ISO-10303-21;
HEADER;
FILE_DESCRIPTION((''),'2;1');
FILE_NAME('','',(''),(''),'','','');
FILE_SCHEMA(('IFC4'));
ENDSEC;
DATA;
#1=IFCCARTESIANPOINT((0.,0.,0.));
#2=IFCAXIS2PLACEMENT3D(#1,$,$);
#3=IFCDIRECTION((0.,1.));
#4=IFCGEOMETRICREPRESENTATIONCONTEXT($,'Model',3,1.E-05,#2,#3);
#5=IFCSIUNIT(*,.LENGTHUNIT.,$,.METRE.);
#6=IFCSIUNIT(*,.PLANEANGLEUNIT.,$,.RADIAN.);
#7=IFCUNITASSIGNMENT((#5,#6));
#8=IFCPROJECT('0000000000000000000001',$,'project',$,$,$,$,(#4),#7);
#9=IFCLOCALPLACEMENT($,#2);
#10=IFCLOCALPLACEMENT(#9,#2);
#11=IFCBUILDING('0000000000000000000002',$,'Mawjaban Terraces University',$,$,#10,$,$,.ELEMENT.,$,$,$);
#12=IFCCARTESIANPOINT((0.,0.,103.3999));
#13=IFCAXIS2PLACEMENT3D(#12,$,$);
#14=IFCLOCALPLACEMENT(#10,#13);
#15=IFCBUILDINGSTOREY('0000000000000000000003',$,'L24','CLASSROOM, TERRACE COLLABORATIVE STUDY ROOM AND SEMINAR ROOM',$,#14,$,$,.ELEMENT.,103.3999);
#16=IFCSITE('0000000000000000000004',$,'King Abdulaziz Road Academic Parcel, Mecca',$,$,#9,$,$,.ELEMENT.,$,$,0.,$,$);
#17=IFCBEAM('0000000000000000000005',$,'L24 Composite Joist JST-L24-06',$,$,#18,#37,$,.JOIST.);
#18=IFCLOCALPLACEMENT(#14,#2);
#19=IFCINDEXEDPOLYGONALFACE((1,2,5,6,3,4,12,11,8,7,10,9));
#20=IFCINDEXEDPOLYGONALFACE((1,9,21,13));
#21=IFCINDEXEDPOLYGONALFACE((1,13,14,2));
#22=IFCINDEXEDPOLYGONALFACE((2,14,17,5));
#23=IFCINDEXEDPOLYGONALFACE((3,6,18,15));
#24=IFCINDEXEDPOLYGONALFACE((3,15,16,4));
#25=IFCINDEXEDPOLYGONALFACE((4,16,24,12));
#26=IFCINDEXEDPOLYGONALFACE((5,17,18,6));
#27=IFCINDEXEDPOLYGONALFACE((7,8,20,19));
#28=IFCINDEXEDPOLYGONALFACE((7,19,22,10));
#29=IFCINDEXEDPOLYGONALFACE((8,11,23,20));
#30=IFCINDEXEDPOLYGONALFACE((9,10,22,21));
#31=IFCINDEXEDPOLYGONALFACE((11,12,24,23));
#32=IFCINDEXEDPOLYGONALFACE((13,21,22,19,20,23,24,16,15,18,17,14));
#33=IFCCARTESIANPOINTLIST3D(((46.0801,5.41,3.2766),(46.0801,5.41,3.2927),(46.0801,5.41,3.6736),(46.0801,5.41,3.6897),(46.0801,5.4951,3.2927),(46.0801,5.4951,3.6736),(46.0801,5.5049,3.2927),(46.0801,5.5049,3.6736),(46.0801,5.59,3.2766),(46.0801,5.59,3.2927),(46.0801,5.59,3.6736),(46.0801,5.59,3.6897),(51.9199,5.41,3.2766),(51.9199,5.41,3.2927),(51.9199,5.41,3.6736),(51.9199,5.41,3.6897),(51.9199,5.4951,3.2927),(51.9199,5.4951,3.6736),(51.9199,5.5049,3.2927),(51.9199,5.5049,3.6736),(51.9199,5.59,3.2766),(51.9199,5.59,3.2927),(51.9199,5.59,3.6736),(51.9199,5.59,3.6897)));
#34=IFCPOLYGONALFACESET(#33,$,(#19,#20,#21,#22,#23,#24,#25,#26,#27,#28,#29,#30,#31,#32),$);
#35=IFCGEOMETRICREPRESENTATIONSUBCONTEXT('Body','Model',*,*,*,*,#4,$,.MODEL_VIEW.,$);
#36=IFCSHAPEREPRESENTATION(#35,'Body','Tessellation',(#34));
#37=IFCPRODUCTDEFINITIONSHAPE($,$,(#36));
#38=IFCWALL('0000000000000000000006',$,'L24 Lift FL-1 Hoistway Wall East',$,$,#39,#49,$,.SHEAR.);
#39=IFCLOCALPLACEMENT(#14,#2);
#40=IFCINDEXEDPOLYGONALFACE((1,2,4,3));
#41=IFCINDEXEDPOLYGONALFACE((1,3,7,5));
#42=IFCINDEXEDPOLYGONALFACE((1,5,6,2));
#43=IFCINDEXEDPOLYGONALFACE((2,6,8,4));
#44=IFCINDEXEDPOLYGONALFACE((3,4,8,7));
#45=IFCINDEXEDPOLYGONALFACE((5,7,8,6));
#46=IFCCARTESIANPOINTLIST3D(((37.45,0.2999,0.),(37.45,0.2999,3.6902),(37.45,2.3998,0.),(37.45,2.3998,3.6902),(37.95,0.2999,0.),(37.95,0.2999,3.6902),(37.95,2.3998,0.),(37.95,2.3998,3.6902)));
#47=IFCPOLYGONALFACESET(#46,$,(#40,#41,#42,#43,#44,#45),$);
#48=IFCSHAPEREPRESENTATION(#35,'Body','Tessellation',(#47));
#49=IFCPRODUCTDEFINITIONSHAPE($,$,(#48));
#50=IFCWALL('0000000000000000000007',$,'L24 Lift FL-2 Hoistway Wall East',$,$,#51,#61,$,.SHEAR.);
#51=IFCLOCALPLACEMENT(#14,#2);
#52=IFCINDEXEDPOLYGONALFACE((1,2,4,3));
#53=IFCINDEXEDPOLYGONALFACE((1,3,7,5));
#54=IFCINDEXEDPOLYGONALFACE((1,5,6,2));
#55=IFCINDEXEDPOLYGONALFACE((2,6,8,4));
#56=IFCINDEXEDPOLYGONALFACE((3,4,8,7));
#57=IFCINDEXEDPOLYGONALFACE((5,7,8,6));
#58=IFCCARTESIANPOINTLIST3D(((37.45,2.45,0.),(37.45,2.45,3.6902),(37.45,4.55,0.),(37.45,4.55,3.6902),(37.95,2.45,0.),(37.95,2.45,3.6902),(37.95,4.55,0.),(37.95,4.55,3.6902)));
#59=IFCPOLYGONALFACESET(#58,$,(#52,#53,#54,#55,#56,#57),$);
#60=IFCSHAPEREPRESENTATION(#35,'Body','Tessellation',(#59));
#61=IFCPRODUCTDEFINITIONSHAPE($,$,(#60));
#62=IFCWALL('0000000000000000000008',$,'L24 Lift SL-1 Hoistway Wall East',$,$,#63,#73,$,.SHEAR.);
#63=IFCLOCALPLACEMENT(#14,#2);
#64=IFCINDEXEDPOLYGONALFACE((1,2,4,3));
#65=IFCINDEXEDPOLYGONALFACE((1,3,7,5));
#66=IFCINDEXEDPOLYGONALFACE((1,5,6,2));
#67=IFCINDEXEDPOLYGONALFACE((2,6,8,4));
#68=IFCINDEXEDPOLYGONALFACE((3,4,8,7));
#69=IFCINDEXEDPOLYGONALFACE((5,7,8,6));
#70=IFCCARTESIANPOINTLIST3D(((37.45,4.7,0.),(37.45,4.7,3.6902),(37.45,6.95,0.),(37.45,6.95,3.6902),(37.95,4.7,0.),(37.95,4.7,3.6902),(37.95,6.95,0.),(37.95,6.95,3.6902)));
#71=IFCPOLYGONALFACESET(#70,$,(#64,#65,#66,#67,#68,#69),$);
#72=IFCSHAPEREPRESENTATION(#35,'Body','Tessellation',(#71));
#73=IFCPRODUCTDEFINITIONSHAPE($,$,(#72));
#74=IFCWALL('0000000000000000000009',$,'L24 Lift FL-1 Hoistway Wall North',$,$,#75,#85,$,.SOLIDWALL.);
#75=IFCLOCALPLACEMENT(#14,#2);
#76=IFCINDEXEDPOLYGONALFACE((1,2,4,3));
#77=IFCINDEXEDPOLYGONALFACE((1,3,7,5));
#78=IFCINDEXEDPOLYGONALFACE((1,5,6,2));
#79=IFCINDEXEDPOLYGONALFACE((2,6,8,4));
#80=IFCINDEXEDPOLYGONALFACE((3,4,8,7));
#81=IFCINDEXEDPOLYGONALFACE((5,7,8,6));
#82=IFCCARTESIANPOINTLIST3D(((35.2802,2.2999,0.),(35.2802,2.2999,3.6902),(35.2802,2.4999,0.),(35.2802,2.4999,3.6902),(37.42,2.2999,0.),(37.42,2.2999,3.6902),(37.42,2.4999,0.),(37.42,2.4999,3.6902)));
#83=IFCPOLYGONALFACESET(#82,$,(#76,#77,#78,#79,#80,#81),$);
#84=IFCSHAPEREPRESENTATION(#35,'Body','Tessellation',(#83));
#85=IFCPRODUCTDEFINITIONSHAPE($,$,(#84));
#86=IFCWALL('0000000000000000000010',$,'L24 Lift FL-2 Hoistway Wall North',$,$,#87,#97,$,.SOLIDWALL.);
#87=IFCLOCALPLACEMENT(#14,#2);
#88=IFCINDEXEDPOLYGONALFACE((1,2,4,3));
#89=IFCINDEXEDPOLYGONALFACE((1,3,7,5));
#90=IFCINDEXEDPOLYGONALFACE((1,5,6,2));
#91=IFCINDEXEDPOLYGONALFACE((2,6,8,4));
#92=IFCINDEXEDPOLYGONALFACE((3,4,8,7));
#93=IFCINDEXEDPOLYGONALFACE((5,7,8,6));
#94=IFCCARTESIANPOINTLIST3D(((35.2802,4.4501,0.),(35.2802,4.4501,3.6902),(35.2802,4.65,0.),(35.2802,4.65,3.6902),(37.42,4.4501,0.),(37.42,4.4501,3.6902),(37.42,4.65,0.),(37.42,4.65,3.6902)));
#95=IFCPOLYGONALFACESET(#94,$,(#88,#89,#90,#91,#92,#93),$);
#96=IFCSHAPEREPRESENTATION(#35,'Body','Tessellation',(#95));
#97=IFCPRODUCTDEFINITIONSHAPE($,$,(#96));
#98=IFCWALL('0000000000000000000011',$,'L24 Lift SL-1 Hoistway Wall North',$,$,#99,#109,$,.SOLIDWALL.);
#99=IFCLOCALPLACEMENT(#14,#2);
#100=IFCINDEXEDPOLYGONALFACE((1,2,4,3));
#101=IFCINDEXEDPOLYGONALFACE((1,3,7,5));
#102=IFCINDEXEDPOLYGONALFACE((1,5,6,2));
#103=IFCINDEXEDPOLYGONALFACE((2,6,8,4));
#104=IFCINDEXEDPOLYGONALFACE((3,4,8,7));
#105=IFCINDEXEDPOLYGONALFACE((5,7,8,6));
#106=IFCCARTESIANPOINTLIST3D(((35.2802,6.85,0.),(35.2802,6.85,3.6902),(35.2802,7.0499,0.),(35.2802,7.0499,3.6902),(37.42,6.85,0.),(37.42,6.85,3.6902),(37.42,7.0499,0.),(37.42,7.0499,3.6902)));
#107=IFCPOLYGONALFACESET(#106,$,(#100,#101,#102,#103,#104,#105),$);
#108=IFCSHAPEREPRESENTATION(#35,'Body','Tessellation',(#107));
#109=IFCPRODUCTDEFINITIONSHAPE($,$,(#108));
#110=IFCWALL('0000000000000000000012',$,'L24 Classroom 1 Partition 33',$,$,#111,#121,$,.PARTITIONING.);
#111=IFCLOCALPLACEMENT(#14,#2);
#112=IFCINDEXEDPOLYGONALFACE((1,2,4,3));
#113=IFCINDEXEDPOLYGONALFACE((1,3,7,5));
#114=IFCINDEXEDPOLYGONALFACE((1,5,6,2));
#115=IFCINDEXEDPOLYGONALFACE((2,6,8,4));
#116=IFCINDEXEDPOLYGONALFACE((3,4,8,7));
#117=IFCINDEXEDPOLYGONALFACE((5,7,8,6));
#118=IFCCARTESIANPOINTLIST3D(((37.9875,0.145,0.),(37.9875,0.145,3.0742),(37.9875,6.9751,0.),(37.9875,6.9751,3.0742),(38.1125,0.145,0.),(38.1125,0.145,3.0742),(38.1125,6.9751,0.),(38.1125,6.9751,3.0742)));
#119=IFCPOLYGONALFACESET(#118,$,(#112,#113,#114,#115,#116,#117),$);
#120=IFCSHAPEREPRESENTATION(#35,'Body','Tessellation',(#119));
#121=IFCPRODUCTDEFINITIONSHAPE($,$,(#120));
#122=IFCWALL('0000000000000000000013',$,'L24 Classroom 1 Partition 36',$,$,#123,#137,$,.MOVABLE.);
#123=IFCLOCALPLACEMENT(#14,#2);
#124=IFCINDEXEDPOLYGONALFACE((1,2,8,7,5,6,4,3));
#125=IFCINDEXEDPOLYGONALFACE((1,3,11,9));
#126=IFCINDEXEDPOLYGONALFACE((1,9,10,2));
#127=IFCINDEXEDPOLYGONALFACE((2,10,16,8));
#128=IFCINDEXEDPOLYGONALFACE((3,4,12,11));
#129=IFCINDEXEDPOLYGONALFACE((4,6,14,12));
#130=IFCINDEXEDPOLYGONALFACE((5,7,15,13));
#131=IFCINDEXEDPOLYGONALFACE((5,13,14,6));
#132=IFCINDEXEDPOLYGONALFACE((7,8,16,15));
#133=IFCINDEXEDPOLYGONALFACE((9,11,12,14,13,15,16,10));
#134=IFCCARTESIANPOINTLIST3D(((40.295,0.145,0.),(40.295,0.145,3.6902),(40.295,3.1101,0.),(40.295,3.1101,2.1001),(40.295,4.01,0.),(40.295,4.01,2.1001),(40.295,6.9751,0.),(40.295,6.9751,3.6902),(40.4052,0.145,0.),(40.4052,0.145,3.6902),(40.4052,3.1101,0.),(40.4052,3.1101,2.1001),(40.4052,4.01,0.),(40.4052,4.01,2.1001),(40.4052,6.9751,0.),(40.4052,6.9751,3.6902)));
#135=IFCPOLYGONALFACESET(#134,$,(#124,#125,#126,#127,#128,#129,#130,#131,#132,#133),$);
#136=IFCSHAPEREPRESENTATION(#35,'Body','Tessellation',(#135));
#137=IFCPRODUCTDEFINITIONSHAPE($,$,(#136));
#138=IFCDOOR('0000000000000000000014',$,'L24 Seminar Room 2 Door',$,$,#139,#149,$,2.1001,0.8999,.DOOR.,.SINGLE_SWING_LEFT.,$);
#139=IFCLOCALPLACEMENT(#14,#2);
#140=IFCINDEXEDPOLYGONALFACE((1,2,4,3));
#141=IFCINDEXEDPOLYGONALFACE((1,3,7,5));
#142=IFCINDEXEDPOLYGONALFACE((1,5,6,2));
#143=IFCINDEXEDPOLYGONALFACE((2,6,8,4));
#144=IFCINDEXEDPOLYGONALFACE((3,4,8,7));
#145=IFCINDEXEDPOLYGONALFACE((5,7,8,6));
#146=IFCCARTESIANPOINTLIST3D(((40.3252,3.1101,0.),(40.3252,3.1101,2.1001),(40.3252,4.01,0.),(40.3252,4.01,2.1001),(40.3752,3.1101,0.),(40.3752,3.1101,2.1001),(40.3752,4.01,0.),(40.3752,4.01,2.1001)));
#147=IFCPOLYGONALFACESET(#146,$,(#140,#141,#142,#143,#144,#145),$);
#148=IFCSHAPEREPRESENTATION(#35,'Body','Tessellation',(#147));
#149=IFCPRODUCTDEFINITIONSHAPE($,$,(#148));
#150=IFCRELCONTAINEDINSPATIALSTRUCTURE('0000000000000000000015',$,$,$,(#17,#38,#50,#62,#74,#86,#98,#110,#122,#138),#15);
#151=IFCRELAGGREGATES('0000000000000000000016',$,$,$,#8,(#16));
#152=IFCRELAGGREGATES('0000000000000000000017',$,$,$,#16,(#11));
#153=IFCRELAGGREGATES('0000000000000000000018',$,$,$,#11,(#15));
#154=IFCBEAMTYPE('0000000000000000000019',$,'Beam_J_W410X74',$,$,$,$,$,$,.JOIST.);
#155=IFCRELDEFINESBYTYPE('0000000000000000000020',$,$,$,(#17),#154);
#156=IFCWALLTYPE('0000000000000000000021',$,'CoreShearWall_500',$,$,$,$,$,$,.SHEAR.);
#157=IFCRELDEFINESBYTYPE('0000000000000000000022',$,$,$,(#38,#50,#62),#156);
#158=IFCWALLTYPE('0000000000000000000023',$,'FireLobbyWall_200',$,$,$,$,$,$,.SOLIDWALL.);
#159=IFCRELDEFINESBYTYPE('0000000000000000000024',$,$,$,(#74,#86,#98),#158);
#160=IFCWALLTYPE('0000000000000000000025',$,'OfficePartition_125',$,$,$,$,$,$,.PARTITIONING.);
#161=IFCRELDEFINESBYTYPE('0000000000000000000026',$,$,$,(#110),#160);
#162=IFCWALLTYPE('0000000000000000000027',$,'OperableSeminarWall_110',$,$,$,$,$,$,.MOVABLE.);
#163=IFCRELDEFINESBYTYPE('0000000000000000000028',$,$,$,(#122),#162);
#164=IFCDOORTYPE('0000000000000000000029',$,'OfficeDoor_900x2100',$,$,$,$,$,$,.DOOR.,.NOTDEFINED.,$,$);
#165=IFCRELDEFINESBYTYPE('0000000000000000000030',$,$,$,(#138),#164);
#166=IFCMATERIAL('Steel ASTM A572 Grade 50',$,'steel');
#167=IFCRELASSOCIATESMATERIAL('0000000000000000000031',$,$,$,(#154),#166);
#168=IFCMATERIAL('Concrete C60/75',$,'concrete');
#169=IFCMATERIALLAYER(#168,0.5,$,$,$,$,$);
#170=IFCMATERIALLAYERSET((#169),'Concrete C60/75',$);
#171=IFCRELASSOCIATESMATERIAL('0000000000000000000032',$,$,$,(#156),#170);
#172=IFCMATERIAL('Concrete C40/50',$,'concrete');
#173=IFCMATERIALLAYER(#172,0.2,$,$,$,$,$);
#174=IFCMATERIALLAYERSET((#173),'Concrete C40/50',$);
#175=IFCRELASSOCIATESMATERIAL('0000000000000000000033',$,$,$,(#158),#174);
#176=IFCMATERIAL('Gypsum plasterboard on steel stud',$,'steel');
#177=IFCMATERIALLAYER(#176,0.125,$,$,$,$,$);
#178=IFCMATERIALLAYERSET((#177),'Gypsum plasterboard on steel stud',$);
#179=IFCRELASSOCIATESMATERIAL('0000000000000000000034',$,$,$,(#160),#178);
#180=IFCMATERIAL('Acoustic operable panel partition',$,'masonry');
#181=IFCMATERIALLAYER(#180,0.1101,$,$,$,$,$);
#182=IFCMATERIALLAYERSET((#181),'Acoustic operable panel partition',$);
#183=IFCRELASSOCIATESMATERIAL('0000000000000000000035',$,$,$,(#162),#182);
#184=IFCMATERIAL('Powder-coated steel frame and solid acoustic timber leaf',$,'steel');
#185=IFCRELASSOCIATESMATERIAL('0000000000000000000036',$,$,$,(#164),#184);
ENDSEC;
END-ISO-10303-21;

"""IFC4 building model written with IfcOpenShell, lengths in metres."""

from ifc_helpers import new_model, si_unit, direction, frame, frame_2d, origin, origin_2d, place, context, subcontext, project, spatial, rectangle, i_section, extrude, material, layer, layer_set, material_profile, profile_set, type_object, element, fill, save


model = new_model("IFC4")

# Units and contexts
model_context = context("Model", 3, precision=1e-05, world=origin(), true_north=direction((0.0, 1.0)))
body_context = subcontext(model_context, "Body", "Model", "MODEL_VIEW")
ifc_project = project(units=[si_unit("LENGTHUNIT", "METRE"), si_unit("PLANEANGLEUNIT", "RADIAN")], contexts=[model_context])

# Site, building, storey
site_placement = place(None, origin())
site = spatial("IfcSite", under=ifc_project, at=site_placement, Name="King Abdulaziz Road Academic Parcel, Mecca", CompositionType="ELEMENT", RefElevation=0.0)
building_placement = place(site_placement, origin())
building = spatial("IfcBuilding", under=site, at=building_placement, Name="Mawjaban Terraces University", CompositionType="ELEMENT")
storey_placement = place(building_placement, frame((0.0, 0.0, 103.3999)))
storey = spatial("IfcBuildingStorey", under=building, at=storey_placement, Name="L24", Description="CLASSROOM, TERRACE COLLABORATIVE STUDY ROOM AND SEMINAR ROOM", CompositionType="ELEMENT", Elevation=103.3999)

# Shared definitions
ifc_material_1 = material(Name="Concrete C60/75", Category="concrete")

# Beam
ifc_material_2 = material(Name="Steel ASTM A572 Grade 50", Category="steel")
ifc_material_profile_1 = material_profile(ifc_material_2, i_section(OverallWidth=0.1799, OverallDepth=0.4131, WebThickness=0.0098, FlangeThickness=0.0161, at=origin_2d()), Name="W410X74")
ifc_profile_set_1 = profile_set([ifc_material_profile_1], Name="Steel ASTM A572 Grade 50")
beam_type_1 = type_object("IfcBeamType", Name="Beam_J_W410X74", PredefinedType="JOIST", material=ifc_profile_set_1)
beam_1_placement = place(storey_placement, frame((46.0801, 5.5, 3.4832), z_axis=(1.0, 0.0, 0.0), x_axis=(0.0, 1.0, 0.0)))
element("IfcBeam", 1, at=beam_1_placement, inside=storey, type_object=beam_type_1, Name="L24 Composite Joist JST-L24-06", PredefinedType="JOIST", context=body_context, shape_type="SweptSolid", body=[
    extrude(i_section(OverallWidth=0.1799, OverallDepth=0.4131, WebThickness=0.0098, FlangeThickness=0.0161, at=origin_2d()), origin(), (0.0, 0.0, 1.0), 5.8398),
])

# Walls
ifc_layer_1 = layer(ifc_material_1, 0.5)
ifc_layer_set_1 = layer_set([ifc_layer_1], Name="Concrete C60/75")
wall_type_1 = type_object("IfcWallType", Name="CoreShearWall_500", PredefinedType="SHEAR", material=ifc_layer_set_1)
wall_1_placement = place(storey_placement, frame((37.7, 0.3, 0.0), z_axis=(0.0, 0.0, 1.0), x_axis=(0.0, 1.0, 0.0)))
element("IfcWall", 2, at=wall_1_placement, inside=storey, type_object=wall_type_1, Name="L24 Lift FL-1 Hoistway Wall East", PredefinedType="SHEAR", context=body_context, shape_type="SweptSolid", body=[
    extrude(rectangle(XDim=2.0999, YDim=0.5, at=frame_2d((1.0498, 0.0))), origin(), (0.0, 0.0, 1.0), 3.6902),
])
wall_2_placement = place(storey_placement, frame((37.7, 2.45, 0.0), z_axis=(0.0, 0.0, 1.0), x_axis=(0.0, 1.0, 0.0)))
element("IfcWall", 3, at=wall_2_placement, inside=storey, type_object=wall_type_1, Name="L24 Lift FL-2 Hoistway Wall East", PredefinedType="SHEAR", context=body_context, shape_type="SweptSolid", body=[
    extrude(rectangle(XDim=2.1001, YDim=0.5, at=frame_2d((1.05, 0.0))), origin(), (0.0, 0.0, 1.0), 3.6902),
])
wall_3_placement = place(storey_placement, frame((37.7, 4.7, 0.0), z_axis=(0.0, 0.0, 1.0), x_axis=(0.0, 1.0, 0.0)))
element("IfcWall", 4, at=wall_3_placement, inside=storey, type_object=wall_type_1, Name="L24 Lift SL-1 Hoistway Wall East", PredefinedType="SHEAR", context=body_context, shape_type="SweptSolid", body=[
    extrude(rectangle(XDim=2.25, YDim=0.5, at=frame_2d((1.125, 0.0))), origin(), (0.0, 0.0, 1.0), 3.6902),
])
ifc_material_3 = material(Name="Concrete C40/50", Category="concrete")
ifc_layer_2 = layer(ifc_material_3, 0.2)
ifc_layer_set_2 = layer_set([ifc_layer_2], Name="Concrete C40/50")
wall_type_2 = type_object("IfcWallType", Name="FireLobbyWall_200", PredefinedType="SOLIDWALL", material=ifc_layer_set_2)
for number, where, z_axis, x_axis, name in (
    (5, (37.4199, 2.3999, 0.0), (0.0, 0.0, 1.0), (-1.0, 0.0, 0.0), "L24 Lift FL-1 Hoistway Wall North"),
    (6, (37.4199, 4.55, 0.0), (0.0, 0.0, 1.0), (-1.0, 0.0, 0.0), "L24 Lift FL-2 Hoistway Wall North"),
    (7, (37.4199, 6.95, 0.0), (0.0, 0.0, 1.0), (-1.0, 0.0, 0.0), "L24 Lift SL-1 Hoistway Wall North"),
):
    element("IfcWall", number, at=place(storey_placement, frame(where, z_axis=z_axis, x_axis=x_axis)), inside=storey, type_object=wall_type_2, Name=name, PredefinedType="SOLIDWALL", context=body_context, shape_type="SweptSolid", body=[
        extrude(rectangle(XDim=2.1399, YDim=0.2, at=frame_2d((1.0698, 0.0))), origin(), (0.0, 0.0, 1.0), 3.6902),
    ])
ifc_material_4 = material(Name="Gypsum plasterboard on steel stud", Category="steel")
ifc_layer_3 = layer(ifc_material_4, 0.125)
ifc_layer_set_3 = layer_set([ifc_layer_3], Name="Gypsum plasterboard on steel stud")
wall_type_3 = type_object("IfcWallType", Name="OfficePartition_125", PredefinedType="PARTITIONING", material=ifc_layer_set_3)
wall_4_placement = place(storey_placement, frame((38.05, 6.9751, 0.0), z_axis=(0.0, 0.0, 1.0), x_axis=(0.0, -1.0, 0.0)))
element("IfcWall", 8, at=wall_4_placement, inside=storey, type_object=wall_type_3, Name="L24 Classroom 1 Partition 33", PredefinedType="PARTITIONING", context=body_context, shape_type="SweptSolid", body=[
    extrude(rectangle(XDim=6.8301, YDim=0.125, at=frame_2d((3.415, 0.0))), origin(), (0.0, 0.0, 1.0), 3.0742),
])

# Wall, opening, door
ifc_material_5 = material(Name="Acoustic operable panel partition", Category="masonry")
ifc_layer_4 = layer(ifc_material_5, 0.1101)
ifc_layer_set_4 = layer_set([ifc_layer_4], Name="Acoustic operable panel partition")
wall_type_4 = type_object("IfcWallType", Name="OperableSeminarWall_110", PredefinedType="MOVABLE", material=ifc_layer_set_4)
wall_5_placement = place(storey_placement, frame((40.3501, 0.145, 0.0), z_axis=(0.0, 0.0, 1.0), x_axis=(0.0, 1.0, 0.0)))
wall_5 = element("IfcWall", 9, at=wall_5_placement, inside=storey, type_object=wall_type_4, Name="L24 Classroom 1 Partition 36", PredefinedType="MOVABLE", context=body_context, shape_type="SweptSolid", body=[
    extrude(rectangle(XDim=6.8301, YDim=0.1101, at=frame_2d((3.415, 0.0))), origin(), (0.0, 0.0, 1.0), 3.6902),
])
opening_placement = place(wall_5_placement, frame((2.9651, 0.0, 0.0)))
opening = element("IfcOpeningElement", 10, at=opening_placement, cuts=wall_5, PredefinedType="OPENING", context=body_context, shape_type="SweptSolid", body=[
    extrude(rectangle(XDim=0.8999, YDim=2.1001, at=frame_2d((0.45, 1.05))), frame((0.0, 0.0649, 0.0), z_axis=(0.0, -1.0, 0.0), x_axis=(1.0, 0.0, 0.0)), (0.0, 0.0, 1.0), 0.1301),
])
ifc_material_6 = material(Name="Powder-coated steel frame and solid acoustic timber leaf", Category="steel")
door_type = type_object("IfcDoorType", Name="OfficeDoor_900x2100", OperationType="NOTDEFINED", PredefinedType="DOOR", material=ifc_material_6)
door_placement = place(opening_placement, origin())
door = element("IfcDoor", 11, at=door_placement, inside=storey, type_object=door_type, Name="L24 Seminar Room 2 Door", OperationType="SINGLE_SWING_LEFT", OverallHeight=2.1001, OverallWidth=0.8999, PredefinedType="DOOR", context=body_context, shape_type="SweptSolid", body=[
    extrude(rectangle(XDim=0.8999, YDim=2.1001, at=frame_2d((0.45, 1.05))), frame((0.0, 0.0249, 0.0), z_axis=(0.0, -1.0, 0.0), x_axis=(1.0, 0.0, 0.0)), (0.0, 0.0, 1.0), 0.05),
])
fill(opening, door)

save(model, "model.ifc")
